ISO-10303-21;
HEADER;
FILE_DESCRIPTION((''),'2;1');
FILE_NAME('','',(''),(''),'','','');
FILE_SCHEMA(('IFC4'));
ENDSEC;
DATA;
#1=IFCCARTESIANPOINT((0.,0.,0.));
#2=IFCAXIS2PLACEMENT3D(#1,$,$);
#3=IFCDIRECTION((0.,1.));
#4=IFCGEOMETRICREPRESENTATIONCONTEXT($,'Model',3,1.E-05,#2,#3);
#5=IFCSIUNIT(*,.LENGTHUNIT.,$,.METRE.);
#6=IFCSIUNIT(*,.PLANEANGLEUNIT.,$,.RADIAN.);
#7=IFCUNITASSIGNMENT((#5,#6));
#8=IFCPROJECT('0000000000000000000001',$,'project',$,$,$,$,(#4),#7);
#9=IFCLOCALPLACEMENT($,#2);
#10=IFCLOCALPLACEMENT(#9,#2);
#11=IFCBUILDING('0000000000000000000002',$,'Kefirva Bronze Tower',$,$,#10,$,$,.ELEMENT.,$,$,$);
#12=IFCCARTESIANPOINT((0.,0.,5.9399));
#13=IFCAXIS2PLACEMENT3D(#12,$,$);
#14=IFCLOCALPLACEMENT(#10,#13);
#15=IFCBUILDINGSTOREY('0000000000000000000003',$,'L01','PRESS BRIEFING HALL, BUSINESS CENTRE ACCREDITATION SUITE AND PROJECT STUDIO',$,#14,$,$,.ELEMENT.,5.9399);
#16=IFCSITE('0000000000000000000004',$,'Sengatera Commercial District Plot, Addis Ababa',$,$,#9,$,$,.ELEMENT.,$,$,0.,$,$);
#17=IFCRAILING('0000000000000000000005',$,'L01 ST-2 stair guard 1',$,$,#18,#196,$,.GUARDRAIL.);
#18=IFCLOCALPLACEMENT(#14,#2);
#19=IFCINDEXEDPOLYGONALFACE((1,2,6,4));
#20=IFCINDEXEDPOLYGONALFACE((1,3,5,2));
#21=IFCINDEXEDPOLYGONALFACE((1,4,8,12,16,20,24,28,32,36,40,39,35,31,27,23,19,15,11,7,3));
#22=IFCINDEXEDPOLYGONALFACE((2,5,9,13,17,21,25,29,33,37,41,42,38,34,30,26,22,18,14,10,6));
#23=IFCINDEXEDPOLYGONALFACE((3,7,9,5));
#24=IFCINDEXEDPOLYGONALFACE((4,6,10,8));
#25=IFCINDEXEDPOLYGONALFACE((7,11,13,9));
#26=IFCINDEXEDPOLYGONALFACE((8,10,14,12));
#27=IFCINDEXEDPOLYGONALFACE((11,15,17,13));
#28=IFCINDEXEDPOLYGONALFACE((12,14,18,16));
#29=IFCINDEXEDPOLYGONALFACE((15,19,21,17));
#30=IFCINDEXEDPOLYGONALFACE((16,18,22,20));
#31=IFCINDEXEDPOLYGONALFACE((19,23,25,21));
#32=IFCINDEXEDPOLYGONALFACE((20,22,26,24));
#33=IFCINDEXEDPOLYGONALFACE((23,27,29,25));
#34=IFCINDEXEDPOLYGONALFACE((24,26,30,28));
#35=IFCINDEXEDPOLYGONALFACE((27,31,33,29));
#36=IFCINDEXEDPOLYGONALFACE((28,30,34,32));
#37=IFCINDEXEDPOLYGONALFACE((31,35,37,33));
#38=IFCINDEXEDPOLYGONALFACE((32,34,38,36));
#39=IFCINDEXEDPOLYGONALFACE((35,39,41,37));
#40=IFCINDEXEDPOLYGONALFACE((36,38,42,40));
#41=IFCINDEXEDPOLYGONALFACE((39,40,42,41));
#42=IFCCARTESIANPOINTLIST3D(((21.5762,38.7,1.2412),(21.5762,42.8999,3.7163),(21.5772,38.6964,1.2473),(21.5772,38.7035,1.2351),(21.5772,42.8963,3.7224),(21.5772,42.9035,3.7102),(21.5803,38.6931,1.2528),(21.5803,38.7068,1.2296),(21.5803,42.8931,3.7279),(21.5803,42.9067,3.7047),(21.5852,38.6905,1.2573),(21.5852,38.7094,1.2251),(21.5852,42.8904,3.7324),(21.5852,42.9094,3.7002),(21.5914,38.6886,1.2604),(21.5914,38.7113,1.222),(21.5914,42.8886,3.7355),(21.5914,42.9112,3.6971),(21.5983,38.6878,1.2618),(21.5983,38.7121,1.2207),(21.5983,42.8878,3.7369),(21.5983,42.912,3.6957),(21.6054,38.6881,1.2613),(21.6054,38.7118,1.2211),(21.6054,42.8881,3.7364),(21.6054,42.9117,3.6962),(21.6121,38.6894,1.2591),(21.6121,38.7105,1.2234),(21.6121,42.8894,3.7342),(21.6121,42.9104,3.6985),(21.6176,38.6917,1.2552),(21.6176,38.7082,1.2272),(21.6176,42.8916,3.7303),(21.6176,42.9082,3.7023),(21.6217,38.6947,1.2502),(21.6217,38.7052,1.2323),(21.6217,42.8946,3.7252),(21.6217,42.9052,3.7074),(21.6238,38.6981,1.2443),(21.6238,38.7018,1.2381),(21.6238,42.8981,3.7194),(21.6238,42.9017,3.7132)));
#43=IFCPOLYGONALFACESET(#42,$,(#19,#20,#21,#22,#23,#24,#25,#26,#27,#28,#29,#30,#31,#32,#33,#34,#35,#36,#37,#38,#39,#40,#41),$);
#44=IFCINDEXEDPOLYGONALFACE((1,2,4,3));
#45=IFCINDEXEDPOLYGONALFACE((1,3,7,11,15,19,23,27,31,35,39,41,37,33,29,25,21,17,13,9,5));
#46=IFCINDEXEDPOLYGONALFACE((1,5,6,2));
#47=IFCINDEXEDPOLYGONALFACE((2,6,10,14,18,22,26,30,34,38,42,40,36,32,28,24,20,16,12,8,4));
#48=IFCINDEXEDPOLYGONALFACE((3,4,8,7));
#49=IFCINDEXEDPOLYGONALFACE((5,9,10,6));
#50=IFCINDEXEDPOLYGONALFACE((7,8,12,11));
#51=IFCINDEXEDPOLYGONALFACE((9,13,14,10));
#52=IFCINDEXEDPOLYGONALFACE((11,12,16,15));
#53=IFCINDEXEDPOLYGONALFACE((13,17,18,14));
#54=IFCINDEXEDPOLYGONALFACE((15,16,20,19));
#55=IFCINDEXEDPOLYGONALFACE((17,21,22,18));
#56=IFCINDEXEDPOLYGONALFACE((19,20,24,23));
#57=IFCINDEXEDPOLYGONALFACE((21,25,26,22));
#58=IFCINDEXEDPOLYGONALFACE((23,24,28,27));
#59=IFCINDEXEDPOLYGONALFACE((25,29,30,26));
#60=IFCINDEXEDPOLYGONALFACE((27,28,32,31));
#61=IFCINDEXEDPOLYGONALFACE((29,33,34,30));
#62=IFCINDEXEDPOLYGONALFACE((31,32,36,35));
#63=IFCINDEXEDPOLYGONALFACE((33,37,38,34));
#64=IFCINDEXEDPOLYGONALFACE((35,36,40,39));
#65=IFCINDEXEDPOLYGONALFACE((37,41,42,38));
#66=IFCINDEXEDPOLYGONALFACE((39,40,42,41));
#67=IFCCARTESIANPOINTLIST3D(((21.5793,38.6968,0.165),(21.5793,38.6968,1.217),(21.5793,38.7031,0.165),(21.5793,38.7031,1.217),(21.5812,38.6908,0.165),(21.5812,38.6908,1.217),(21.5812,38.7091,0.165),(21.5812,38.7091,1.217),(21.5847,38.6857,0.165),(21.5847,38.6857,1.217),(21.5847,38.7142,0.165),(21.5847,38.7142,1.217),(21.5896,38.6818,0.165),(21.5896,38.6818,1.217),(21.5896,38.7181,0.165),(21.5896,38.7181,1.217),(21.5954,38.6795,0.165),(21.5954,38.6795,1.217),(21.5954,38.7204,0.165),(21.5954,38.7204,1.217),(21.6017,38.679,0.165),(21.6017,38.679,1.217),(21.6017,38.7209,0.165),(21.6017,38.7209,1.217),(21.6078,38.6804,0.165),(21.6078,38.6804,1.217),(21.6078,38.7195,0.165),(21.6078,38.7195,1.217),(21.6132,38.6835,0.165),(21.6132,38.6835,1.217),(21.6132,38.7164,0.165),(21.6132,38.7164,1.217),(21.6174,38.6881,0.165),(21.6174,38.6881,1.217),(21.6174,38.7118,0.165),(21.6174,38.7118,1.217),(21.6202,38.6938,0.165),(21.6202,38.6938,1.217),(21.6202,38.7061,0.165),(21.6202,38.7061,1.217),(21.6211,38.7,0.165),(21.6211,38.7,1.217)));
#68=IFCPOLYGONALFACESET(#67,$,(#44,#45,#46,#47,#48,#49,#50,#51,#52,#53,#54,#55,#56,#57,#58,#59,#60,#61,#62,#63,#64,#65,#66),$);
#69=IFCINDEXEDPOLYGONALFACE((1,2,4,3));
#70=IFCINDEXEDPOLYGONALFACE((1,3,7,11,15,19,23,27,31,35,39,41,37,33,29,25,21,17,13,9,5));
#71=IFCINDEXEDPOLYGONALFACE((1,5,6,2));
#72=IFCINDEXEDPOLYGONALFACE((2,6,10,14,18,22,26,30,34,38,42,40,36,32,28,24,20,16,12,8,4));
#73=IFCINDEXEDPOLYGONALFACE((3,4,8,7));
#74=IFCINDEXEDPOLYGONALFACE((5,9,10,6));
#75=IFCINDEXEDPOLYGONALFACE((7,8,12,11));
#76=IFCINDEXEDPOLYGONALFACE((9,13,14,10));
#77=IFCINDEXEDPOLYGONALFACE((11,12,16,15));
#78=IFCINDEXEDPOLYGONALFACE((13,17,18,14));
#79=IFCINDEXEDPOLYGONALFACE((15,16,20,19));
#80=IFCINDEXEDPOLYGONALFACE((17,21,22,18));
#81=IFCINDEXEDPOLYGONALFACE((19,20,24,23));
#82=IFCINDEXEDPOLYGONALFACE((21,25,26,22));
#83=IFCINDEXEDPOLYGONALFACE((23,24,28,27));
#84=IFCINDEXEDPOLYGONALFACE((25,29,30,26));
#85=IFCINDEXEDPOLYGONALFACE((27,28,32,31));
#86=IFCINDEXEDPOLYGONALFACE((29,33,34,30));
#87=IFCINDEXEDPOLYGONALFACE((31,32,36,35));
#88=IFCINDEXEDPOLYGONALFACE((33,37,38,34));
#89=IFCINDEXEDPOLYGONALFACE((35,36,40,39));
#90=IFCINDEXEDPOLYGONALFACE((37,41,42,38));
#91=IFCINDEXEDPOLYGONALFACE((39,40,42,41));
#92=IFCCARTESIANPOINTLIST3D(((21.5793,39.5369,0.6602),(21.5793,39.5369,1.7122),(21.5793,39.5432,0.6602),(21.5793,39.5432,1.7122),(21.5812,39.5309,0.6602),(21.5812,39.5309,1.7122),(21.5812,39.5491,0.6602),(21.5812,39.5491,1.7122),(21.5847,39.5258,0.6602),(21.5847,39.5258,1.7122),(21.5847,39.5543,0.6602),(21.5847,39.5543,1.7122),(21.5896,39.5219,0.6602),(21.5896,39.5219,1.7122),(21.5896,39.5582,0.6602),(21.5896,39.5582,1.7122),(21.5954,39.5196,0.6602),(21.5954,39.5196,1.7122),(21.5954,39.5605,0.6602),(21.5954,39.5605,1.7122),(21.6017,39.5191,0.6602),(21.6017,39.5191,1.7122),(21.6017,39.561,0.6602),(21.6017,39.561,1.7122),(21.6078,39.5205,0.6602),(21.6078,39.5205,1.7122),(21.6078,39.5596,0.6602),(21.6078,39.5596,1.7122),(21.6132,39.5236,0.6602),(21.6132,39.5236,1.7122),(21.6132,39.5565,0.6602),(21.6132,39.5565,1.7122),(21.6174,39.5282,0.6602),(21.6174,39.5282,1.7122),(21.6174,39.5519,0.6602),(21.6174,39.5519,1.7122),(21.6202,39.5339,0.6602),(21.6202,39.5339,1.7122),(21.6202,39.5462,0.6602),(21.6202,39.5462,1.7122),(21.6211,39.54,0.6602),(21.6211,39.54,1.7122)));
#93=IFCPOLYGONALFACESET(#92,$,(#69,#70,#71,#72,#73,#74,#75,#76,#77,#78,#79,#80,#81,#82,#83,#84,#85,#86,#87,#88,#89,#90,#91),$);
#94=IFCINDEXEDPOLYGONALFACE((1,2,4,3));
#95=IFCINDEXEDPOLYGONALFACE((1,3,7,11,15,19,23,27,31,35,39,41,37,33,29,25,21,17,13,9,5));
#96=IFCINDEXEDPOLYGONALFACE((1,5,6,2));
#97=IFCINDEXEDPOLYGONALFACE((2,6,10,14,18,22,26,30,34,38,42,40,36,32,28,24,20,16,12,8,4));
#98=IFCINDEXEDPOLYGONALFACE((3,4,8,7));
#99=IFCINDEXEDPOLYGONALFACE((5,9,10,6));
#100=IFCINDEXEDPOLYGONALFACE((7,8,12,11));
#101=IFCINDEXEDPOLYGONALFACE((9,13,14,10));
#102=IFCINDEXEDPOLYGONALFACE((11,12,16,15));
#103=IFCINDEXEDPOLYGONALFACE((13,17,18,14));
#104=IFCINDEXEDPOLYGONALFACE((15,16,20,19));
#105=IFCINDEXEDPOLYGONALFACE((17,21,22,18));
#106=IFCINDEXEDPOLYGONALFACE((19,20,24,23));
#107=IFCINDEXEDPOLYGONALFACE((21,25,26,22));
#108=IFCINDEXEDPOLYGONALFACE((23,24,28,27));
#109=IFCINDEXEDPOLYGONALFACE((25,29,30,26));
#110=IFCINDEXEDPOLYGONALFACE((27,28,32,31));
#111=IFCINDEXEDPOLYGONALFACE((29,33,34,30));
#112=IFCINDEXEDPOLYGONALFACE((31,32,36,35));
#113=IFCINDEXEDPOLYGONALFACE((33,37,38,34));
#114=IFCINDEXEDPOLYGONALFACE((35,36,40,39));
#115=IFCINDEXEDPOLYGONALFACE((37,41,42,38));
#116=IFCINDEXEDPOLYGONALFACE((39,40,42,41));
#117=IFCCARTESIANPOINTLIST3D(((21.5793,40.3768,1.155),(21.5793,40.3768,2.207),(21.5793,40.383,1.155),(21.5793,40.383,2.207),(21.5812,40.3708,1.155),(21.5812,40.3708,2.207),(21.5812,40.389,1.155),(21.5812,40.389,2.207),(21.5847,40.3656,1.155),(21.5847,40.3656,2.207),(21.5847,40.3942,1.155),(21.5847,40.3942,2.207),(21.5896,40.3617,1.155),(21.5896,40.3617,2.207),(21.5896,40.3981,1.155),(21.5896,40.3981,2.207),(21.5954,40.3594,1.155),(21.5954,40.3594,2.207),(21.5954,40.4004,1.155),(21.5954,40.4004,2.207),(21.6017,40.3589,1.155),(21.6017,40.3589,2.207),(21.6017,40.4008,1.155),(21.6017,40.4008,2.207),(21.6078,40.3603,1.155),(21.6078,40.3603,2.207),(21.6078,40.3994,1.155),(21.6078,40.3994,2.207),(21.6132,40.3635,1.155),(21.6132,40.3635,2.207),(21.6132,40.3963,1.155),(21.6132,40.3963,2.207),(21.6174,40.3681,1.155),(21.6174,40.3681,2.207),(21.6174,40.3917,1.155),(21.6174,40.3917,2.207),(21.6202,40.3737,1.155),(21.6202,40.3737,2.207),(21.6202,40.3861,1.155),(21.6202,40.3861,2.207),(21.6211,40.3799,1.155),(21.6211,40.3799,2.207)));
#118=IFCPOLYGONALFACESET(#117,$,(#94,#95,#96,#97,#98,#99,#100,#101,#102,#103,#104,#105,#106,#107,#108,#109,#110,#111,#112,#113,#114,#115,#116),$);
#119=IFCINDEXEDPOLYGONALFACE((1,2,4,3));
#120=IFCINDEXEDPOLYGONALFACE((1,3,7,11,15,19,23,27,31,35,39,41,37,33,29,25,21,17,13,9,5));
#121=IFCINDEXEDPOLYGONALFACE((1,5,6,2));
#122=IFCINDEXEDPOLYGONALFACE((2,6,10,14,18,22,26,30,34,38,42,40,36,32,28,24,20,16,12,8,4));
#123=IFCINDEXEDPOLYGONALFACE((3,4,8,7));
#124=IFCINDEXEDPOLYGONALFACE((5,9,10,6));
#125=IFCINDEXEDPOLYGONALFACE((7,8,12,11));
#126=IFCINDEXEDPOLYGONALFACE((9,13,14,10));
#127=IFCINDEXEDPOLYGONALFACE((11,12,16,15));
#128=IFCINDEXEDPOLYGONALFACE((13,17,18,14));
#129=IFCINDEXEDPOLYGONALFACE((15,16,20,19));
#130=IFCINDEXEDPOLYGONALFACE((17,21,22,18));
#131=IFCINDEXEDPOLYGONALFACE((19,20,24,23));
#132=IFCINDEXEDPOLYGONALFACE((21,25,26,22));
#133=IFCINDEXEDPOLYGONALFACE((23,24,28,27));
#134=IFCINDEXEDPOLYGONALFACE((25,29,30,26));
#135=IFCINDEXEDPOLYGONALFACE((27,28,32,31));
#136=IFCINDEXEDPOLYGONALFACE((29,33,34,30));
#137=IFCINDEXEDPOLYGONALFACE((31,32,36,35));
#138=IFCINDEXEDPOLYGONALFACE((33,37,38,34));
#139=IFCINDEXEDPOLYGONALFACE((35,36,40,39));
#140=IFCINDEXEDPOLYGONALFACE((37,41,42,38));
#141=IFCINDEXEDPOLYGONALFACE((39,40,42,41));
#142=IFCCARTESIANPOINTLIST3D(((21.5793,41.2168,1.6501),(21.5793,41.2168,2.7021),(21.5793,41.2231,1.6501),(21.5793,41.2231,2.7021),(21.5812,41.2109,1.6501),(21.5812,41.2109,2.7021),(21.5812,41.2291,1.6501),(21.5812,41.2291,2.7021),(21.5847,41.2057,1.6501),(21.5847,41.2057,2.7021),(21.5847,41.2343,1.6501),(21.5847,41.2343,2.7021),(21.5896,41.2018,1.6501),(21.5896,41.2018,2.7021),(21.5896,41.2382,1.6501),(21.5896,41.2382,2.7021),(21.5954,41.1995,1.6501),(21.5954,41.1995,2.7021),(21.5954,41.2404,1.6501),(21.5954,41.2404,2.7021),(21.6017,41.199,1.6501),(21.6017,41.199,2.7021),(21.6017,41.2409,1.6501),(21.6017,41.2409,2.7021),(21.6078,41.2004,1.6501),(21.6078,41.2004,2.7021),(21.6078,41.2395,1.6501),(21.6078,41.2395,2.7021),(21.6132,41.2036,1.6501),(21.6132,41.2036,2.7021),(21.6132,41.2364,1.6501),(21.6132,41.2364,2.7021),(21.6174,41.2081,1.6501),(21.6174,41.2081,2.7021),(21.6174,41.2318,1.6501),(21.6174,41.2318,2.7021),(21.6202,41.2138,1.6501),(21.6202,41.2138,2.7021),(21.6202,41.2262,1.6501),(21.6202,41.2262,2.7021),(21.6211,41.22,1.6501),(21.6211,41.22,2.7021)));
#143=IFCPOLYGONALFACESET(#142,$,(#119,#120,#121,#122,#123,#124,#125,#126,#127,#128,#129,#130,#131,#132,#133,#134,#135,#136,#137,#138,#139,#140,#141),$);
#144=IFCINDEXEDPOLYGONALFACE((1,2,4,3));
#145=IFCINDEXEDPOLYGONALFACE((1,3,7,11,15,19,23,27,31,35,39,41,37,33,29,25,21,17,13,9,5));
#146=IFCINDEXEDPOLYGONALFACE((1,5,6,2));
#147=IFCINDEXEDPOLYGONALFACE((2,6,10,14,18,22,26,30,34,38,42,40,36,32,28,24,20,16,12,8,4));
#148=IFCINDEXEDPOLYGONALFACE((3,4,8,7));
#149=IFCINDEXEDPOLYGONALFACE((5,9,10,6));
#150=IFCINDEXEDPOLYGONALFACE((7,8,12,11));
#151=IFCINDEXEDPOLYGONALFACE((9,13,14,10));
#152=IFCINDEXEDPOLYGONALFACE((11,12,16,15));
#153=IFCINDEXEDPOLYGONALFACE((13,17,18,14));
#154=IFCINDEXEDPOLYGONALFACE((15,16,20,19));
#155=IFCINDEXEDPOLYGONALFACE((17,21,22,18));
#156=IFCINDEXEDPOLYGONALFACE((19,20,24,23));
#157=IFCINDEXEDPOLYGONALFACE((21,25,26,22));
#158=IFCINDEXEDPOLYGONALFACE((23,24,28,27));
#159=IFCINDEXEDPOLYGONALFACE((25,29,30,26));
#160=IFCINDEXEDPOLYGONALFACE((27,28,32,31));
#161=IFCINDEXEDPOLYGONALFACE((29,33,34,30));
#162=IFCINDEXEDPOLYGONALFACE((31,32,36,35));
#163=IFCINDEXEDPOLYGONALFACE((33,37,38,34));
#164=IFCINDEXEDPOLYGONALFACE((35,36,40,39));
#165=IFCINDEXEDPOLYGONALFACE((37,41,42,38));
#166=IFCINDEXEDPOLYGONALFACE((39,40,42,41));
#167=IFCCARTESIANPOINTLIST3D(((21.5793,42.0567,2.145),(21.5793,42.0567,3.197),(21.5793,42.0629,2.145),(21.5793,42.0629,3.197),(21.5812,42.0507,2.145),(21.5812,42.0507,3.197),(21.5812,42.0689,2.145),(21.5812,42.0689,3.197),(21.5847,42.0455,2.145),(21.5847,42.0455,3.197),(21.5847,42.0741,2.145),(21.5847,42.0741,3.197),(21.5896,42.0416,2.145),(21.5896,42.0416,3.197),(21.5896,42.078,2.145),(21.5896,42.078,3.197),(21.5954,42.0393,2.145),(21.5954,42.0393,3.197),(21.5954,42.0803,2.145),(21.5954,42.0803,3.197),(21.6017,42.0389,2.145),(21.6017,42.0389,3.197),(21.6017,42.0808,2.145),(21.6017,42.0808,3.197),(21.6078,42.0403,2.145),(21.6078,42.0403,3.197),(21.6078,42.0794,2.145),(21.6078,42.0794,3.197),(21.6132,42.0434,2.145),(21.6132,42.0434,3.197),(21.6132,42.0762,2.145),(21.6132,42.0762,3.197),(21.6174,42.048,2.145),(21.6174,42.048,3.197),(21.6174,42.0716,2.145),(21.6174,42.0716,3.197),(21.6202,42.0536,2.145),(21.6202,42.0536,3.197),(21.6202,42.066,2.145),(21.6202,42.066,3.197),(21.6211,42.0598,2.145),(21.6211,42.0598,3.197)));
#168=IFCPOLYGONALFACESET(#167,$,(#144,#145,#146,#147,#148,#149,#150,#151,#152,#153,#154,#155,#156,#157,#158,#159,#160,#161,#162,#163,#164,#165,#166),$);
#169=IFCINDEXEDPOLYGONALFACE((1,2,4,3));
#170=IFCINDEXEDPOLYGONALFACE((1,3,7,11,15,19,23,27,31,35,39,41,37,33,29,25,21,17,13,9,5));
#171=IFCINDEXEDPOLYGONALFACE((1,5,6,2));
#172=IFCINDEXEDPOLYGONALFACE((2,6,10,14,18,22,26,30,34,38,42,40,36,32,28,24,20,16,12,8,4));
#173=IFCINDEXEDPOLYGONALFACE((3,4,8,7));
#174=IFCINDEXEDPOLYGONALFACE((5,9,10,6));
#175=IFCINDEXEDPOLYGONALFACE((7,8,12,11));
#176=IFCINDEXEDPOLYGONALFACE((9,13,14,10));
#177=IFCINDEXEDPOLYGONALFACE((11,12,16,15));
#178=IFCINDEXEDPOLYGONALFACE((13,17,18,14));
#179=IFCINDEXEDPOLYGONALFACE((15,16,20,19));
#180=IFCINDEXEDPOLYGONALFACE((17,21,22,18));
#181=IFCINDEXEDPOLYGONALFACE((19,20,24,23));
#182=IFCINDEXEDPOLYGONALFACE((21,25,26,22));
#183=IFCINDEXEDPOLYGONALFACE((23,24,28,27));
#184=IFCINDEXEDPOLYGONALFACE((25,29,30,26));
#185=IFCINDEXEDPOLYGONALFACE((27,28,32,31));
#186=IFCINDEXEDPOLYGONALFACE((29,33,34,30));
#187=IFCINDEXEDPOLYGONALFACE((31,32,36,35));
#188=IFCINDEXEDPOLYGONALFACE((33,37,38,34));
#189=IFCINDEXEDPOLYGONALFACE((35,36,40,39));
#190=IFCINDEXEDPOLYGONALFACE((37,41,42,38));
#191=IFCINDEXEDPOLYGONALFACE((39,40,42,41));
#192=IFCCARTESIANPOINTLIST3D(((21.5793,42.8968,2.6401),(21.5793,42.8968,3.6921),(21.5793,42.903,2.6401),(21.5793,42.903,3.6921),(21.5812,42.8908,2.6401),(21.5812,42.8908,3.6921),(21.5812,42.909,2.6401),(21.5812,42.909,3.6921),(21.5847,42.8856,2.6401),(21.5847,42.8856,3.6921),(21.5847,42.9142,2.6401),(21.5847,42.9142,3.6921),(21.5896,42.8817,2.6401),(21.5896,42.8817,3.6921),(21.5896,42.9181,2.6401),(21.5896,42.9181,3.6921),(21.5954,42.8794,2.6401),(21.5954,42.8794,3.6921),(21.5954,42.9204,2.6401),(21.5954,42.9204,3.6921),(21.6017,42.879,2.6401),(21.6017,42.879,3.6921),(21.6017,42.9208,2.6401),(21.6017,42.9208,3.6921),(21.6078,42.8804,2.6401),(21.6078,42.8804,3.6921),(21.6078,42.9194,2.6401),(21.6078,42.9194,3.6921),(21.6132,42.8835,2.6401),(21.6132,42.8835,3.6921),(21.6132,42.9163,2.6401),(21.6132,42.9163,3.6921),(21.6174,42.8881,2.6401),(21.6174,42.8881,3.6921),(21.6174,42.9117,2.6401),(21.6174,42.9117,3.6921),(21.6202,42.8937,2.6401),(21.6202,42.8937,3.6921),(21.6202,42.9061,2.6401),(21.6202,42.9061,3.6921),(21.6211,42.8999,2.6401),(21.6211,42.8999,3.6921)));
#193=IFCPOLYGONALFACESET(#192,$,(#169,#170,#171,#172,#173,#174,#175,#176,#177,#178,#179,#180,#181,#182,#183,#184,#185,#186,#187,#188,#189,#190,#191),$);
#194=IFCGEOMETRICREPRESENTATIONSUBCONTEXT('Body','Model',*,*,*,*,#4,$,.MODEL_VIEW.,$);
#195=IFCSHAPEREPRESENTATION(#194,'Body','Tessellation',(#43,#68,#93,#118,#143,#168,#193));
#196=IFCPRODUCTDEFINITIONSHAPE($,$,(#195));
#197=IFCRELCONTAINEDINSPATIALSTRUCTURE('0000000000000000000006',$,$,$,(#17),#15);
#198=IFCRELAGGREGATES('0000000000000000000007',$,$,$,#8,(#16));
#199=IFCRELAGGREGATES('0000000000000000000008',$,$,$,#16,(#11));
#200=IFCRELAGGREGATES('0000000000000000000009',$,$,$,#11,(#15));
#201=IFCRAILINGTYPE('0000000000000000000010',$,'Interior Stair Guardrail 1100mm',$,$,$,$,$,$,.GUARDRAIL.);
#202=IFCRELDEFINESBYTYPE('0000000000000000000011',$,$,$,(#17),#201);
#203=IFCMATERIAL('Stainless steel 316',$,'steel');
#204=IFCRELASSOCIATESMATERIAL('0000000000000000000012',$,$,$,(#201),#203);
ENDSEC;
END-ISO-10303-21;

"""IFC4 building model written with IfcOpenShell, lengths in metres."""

from ifc_helpers import new_model, si_unit, direction, frame, origin, origin_2d, place, context, subcontext, project, spatial, circle, extrude, material, type_object, element, save


model = new_model("IFC4")

# Units and contexts
model_context = context("Model", 3, precision=1e-05, world=origin(), true_north=direction((0.0, 1.0)))
body_context = subcontext(model_context, "Body", "Model", "MODEL_VIEW")
ifc_project = project(units=[si_unit("LENGTHUNIT", "METRE"), si_unit("PLANEANGLEUNIT", "RADIAN")], contexts=[model_context])

# Site, building, storey
site_placement = place(None, origin())
site = spatial("IfcSite", under=ifc_project, at=site_placement, Name="Sengatera Commercial District Plot, Addis Ababa", CompositionType="ELEMENT", RefElevation=0.0)
building_placement = place(site_placement, origin())
building = spatial("IfcBuilding", under=site, at=building_placement, Name="Kefirva Bronze Tower", CompositionType="ELEMENT")
storey_placement = place(building_placement, frame((0.0, 0.0, 5.9399)))
storey = spatial("IfcBuildingStorey", under=building, at=storey_placement, Name="L01", Description="PRESS BRIEFING HALL, BUSINESS CENTRE ACCREDITATION SUITE AND PROJECT STUDIO", CompositionType="ELEMENT", Elevation=5.9399)

# Railing
ifc_material_1 = material(Name="Stainless steel 316", Category="steel")
railing_type_1 = type_object("IfcRailingType", Name="Interior Stair Guardrail 1100mm", PredefinedType="GUARDRAIL", material=ifc_material_1)
railing_1_placement = place(storey_placement, frame((21.6001, 38.7, 0.165)))
element("IfcRailing", 1, at=railing_1_placement, inside=storey, type_object=railing_type_1, Name="L01 ST-2 stair guard 1", PredefinedType="GUARDRAIL", context=body_context, shape_type="SweptSolid", body=[
    extrude(circle(Radius=0.0239, at=origin_2d()), frame((0.0, 0.0, 1.0762), z_axis=(0.0, 0.861527, 0.507712), x_axis=(-1.0, 0.0, 0.0)), (0.0, 0.0, 1.0), 4.875),
    extrude(circle(Radius=0.021, at=origin_2d()), origin(), (0.0, 0.0, 1.0), 1.052),
    extrude(circle(Radius=0.021, at=origin_2d()), frame((0.0, 0.8401, 0.4951)), (0.0, 0.0, 1.0), 1.052),
    extrude(circle(Radius=0.021, at=origin_2d()), frame((0.0, 1.6799, 0.99)), (0.0, 0.0, 1.0), 1.052),
    extrude(circle(Radius=0.021, at=origin_2d()), frame((0.0, 2.52, 1.4851)), (0.0, 0.0, 1.0), 1.052),
    extrude(circle(Radius=0.021, at=origin_2d()), frame((0.0, 3.3599, 1.98)), (0.0, 0.0, 1.0), 1.052),
    extrude(circle(Radius=0.021, at=origin_2d()), frame((0.0, 4.2, 2.4751)), (0.0, 0.0, 1.0), 1.052),
])

save(model, "model.ifc")
